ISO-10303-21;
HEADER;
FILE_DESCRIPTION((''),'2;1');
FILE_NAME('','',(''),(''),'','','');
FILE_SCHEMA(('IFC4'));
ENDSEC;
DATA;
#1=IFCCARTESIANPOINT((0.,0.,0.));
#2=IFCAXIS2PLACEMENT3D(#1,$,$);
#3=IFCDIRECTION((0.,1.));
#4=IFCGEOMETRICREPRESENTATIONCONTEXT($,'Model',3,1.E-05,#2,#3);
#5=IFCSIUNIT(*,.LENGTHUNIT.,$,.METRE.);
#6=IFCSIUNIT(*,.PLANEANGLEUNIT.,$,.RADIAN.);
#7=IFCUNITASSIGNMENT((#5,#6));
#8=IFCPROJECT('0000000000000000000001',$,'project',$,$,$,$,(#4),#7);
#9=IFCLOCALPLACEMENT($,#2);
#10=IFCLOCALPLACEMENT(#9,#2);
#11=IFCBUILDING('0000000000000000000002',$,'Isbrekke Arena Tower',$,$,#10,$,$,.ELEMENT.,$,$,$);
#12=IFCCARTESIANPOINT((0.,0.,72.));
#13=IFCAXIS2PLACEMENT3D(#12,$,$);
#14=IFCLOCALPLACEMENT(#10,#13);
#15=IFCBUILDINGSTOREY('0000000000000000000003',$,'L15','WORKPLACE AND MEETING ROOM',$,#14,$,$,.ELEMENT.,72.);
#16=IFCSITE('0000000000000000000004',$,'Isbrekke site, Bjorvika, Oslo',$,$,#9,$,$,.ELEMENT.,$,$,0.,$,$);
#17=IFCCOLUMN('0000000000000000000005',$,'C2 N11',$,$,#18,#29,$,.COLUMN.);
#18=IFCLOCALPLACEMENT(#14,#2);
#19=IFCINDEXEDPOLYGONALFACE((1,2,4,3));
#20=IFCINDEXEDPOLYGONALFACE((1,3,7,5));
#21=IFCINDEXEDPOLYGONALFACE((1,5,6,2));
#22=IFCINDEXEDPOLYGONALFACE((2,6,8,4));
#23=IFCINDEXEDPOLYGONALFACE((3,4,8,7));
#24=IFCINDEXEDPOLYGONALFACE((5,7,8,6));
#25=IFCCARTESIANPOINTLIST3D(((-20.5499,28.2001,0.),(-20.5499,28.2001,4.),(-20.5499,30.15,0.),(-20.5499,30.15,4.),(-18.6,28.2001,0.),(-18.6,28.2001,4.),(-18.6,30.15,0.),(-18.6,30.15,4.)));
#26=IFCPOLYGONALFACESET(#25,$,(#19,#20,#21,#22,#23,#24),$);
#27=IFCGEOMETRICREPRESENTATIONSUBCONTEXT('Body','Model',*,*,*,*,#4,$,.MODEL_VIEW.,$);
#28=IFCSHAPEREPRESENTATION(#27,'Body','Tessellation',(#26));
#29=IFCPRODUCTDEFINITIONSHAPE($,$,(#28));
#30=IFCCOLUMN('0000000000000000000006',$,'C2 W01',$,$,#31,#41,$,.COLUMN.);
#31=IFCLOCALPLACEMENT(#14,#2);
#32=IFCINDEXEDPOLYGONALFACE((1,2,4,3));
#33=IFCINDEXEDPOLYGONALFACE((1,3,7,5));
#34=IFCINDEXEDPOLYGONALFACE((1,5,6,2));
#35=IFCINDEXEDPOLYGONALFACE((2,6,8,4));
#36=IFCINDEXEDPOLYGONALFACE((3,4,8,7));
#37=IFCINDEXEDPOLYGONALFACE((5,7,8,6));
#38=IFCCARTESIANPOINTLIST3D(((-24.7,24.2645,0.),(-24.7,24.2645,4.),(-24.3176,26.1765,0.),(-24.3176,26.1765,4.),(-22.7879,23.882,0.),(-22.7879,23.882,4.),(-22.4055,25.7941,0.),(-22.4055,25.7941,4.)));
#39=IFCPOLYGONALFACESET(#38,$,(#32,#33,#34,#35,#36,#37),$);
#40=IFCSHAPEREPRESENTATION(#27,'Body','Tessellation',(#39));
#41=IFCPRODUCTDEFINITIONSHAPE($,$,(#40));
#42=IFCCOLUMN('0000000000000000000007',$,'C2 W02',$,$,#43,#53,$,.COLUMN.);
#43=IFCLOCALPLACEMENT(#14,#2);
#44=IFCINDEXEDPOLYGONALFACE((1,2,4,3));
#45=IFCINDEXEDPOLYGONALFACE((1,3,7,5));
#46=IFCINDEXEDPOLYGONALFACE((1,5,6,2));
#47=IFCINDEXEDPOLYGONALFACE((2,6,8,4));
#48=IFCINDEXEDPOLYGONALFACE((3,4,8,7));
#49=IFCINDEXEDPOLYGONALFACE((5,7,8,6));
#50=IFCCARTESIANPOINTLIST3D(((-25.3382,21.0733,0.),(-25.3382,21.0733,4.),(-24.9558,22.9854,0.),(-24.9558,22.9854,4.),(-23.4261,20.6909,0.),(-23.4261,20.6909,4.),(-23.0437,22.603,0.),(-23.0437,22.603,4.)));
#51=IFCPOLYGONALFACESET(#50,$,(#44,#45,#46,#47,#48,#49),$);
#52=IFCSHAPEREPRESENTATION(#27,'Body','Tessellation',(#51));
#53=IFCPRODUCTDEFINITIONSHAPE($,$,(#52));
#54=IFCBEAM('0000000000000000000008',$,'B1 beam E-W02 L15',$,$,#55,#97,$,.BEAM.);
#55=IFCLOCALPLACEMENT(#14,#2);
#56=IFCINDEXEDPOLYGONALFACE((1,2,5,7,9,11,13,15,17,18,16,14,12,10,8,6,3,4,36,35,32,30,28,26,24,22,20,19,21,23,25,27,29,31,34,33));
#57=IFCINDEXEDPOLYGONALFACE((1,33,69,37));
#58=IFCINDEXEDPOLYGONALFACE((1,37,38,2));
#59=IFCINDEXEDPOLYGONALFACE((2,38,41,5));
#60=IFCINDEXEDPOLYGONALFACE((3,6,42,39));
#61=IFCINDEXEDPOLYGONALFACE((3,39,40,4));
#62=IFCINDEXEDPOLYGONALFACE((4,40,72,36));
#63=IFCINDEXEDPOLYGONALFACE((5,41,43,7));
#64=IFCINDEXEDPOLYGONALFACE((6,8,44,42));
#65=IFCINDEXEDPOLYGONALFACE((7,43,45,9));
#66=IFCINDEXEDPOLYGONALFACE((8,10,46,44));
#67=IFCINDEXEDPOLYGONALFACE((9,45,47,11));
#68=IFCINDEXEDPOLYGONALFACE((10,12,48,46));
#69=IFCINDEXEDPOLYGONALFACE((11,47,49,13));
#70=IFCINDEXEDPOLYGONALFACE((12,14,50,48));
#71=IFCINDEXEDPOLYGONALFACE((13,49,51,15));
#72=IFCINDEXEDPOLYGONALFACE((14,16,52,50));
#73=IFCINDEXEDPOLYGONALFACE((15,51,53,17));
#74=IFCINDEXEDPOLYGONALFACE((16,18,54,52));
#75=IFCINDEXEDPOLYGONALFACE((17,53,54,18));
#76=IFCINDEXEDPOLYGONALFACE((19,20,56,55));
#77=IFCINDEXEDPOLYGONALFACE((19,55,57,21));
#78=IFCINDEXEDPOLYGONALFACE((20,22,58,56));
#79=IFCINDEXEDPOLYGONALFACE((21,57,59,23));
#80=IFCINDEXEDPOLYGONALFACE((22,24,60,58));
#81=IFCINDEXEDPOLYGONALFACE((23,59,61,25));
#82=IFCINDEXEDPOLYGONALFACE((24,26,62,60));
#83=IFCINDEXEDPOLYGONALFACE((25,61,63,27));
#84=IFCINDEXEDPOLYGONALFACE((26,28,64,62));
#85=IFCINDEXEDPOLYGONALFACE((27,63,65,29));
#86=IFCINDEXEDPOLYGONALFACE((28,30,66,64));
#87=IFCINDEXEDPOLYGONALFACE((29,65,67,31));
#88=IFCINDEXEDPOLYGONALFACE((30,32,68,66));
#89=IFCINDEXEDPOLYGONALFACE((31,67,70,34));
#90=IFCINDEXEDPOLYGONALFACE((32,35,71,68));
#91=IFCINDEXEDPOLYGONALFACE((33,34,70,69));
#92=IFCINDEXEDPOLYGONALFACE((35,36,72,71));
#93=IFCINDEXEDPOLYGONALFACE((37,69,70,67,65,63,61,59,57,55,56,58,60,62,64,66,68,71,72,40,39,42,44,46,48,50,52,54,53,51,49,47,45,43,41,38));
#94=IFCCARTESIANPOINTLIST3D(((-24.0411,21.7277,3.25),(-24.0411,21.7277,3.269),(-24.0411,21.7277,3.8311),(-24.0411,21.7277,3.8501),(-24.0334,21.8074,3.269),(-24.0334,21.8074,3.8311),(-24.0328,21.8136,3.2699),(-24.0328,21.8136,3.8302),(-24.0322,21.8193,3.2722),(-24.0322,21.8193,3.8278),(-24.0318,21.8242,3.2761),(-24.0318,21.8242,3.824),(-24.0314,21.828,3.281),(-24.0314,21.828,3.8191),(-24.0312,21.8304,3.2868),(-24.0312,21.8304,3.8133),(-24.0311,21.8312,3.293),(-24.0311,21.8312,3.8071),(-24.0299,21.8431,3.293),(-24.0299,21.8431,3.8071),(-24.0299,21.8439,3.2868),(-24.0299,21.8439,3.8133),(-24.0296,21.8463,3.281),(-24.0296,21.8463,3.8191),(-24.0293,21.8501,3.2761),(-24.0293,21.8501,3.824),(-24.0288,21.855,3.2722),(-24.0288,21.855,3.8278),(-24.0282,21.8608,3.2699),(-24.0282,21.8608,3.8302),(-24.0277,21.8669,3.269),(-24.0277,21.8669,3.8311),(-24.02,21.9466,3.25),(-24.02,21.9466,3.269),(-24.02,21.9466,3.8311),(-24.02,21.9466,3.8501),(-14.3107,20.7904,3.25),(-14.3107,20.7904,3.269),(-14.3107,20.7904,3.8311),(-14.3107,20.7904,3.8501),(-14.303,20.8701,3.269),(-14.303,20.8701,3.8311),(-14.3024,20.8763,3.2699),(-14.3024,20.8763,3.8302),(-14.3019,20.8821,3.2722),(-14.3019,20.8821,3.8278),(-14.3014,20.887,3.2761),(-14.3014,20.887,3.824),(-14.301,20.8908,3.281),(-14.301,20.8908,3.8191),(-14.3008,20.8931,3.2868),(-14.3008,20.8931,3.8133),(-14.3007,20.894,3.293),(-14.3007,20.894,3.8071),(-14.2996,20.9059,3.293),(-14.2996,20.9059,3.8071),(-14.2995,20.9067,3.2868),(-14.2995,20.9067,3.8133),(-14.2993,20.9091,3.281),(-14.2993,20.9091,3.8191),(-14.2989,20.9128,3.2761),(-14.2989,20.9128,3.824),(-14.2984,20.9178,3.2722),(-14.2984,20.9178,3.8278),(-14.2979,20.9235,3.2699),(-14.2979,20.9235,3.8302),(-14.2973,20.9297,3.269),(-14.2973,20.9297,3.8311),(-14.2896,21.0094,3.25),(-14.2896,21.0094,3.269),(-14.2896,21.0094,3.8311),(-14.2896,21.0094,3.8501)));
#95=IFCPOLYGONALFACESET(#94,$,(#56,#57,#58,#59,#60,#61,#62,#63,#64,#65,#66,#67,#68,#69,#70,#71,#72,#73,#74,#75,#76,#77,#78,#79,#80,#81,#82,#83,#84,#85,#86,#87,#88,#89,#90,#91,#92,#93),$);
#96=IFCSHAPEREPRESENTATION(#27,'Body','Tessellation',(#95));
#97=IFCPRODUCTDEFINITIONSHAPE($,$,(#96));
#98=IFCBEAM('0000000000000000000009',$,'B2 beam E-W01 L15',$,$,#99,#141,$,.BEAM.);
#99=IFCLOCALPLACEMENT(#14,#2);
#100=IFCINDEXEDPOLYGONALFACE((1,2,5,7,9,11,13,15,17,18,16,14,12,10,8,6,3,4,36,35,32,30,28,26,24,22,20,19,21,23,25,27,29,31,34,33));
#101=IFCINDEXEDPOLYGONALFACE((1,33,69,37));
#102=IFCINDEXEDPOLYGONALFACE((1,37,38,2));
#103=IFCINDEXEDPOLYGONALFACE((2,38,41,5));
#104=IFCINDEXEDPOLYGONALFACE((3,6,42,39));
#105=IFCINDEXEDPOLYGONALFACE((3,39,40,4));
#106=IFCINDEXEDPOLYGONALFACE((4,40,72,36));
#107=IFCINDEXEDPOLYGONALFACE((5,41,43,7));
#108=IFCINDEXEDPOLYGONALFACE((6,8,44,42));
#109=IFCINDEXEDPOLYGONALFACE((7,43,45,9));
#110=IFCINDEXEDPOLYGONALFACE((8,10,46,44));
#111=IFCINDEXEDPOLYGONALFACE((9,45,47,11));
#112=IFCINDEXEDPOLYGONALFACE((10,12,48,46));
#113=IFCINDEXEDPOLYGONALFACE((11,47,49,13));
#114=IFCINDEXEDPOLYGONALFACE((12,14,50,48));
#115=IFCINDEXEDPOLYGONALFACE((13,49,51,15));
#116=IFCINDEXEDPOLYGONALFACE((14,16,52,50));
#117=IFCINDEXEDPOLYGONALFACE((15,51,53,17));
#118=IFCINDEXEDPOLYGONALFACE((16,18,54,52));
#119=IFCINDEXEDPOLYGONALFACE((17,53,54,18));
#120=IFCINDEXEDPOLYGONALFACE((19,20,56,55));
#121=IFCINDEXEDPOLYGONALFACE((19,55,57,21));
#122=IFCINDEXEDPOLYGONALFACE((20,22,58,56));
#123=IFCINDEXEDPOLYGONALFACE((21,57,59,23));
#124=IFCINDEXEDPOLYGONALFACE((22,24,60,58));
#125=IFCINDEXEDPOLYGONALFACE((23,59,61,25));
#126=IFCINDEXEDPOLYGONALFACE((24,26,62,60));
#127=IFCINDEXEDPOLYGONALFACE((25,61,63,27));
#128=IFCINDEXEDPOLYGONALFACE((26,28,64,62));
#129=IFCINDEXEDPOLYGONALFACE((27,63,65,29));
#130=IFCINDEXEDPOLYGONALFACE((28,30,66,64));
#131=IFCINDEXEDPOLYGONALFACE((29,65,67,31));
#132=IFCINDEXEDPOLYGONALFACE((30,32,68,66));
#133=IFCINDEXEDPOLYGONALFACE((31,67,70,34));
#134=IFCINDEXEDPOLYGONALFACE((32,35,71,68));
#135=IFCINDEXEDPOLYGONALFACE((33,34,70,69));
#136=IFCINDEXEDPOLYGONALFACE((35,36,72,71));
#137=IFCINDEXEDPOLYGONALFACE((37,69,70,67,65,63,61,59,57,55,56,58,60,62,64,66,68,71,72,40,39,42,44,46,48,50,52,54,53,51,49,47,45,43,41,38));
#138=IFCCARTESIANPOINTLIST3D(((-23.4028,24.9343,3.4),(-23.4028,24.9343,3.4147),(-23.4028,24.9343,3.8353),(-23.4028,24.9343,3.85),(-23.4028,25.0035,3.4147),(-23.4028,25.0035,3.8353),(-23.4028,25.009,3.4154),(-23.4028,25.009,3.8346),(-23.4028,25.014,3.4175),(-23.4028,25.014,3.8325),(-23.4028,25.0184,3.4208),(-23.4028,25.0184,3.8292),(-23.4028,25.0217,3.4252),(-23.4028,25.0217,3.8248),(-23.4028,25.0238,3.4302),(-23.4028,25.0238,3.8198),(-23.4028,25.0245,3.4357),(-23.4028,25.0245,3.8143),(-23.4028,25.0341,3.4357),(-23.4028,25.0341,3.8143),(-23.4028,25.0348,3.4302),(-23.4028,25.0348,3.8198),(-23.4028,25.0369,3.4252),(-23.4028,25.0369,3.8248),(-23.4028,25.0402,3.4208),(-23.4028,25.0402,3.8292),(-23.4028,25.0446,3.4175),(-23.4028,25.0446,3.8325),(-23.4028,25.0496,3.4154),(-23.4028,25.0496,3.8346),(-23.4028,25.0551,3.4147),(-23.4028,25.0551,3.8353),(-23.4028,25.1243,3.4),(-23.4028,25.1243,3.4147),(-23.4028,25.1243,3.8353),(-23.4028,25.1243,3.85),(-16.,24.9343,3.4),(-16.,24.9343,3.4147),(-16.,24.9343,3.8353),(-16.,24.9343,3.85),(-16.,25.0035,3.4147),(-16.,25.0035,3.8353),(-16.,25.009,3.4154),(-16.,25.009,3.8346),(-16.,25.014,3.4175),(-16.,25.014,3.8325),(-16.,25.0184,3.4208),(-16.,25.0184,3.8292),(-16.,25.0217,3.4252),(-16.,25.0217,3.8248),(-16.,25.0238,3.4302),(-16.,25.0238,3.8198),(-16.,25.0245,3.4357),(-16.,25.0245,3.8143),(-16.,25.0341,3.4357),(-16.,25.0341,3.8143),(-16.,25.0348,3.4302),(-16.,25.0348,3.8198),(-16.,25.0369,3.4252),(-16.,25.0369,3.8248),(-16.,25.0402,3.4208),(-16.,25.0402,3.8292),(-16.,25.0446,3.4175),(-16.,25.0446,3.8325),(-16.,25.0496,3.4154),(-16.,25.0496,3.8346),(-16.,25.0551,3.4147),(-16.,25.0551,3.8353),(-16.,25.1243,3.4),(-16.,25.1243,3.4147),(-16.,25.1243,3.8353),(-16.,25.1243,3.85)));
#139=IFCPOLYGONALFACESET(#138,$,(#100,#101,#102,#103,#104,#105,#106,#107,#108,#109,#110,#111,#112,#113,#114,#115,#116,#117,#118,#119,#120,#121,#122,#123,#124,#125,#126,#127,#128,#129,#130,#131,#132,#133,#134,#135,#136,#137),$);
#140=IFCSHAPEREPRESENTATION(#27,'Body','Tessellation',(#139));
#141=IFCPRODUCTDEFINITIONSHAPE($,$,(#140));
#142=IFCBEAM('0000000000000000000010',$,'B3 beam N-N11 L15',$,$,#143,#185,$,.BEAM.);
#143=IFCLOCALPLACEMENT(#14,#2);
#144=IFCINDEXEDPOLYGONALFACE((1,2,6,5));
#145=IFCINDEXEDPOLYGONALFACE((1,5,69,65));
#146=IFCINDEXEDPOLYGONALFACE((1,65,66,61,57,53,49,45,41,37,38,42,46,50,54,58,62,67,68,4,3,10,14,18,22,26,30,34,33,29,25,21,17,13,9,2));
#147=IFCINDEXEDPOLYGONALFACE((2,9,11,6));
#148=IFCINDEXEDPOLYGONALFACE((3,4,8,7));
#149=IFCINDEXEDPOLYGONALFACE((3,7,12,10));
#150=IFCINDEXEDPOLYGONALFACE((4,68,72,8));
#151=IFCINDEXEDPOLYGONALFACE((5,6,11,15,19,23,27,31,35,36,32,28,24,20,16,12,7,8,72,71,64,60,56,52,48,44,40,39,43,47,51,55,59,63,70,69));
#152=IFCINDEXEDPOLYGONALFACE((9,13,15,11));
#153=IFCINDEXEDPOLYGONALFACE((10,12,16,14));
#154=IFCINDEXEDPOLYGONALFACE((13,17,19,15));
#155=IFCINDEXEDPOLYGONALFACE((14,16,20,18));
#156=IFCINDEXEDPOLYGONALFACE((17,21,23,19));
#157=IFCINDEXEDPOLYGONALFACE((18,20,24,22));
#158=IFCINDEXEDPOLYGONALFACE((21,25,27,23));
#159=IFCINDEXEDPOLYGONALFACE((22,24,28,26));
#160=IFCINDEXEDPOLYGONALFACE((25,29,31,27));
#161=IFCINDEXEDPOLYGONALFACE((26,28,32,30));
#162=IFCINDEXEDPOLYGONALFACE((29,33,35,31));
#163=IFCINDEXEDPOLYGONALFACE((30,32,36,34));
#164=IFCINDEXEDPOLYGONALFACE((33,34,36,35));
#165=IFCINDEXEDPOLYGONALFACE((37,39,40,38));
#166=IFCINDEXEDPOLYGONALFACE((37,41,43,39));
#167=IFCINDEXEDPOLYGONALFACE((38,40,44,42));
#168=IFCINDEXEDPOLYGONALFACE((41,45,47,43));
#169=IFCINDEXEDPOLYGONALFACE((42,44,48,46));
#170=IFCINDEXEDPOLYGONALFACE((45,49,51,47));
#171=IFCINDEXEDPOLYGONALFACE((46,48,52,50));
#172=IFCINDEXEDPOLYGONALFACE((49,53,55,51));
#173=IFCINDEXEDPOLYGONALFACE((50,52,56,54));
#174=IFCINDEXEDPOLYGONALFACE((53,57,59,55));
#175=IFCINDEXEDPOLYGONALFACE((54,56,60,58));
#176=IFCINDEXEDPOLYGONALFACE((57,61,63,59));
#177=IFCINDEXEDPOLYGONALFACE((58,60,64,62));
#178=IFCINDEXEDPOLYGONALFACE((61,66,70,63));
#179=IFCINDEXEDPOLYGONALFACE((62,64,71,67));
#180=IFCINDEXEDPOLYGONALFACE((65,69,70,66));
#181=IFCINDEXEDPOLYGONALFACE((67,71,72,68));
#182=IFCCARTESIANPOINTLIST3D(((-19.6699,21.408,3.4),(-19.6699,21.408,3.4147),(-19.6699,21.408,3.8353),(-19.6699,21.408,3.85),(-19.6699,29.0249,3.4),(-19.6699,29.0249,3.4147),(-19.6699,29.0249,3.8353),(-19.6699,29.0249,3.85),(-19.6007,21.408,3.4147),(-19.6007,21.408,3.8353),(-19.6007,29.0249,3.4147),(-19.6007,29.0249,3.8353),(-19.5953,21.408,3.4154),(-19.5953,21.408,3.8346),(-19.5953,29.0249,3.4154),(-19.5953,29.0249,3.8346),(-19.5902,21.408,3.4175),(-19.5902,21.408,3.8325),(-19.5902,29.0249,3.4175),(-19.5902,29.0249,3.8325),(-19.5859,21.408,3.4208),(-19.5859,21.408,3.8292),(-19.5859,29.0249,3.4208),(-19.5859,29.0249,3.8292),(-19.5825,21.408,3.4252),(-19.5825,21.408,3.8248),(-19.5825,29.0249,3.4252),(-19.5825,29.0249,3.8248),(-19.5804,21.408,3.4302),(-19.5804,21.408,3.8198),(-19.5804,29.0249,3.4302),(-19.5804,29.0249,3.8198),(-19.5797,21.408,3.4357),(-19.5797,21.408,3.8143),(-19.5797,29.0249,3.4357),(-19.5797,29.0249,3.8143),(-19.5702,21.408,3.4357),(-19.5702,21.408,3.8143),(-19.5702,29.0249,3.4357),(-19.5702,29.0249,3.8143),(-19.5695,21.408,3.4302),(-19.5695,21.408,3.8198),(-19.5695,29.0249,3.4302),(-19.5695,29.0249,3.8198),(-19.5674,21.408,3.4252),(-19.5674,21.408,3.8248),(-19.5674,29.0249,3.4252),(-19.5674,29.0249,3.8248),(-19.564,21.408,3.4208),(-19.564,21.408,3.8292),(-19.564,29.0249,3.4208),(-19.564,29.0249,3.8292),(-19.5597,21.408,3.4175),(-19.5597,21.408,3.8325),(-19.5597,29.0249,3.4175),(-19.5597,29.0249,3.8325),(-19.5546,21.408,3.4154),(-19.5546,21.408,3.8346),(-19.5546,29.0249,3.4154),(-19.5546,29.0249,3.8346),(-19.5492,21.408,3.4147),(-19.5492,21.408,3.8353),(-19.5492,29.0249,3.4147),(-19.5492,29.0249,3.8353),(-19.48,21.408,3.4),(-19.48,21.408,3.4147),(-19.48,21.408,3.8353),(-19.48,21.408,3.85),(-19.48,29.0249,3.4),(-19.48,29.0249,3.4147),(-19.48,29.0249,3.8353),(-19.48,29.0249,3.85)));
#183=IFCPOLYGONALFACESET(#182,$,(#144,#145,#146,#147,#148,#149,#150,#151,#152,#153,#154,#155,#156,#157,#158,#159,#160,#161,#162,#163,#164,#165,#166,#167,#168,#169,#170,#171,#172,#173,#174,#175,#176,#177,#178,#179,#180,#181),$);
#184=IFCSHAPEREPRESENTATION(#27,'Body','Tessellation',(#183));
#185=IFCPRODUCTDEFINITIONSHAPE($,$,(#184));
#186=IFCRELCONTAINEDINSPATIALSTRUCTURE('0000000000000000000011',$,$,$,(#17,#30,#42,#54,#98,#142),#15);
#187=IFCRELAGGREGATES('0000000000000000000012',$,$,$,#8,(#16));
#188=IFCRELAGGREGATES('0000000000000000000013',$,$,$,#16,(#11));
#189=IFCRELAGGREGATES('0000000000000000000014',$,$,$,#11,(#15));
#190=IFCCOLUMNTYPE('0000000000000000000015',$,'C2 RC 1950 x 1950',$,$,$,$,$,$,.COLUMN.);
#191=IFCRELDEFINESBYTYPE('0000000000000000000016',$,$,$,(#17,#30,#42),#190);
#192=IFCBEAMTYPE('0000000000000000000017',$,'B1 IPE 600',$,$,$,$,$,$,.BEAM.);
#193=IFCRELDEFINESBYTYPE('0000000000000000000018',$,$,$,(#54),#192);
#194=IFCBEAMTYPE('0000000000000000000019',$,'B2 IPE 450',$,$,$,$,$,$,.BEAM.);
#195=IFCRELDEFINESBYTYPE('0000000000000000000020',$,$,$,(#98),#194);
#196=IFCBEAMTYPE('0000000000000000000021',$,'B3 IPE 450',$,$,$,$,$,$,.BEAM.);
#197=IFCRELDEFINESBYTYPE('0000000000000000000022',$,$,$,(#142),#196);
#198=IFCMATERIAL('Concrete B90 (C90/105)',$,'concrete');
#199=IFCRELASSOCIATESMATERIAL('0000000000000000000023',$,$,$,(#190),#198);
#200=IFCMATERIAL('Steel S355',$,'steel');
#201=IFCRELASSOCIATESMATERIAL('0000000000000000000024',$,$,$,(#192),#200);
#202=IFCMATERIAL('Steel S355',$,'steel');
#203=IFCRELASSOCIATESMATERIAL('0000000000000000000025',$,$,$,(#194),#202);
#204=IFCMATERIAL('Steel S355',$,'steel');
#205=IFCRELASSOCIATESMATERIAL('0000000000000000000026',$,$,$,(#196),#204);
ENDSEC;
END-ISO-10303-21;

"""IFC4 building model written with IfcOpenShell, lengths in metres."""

from ifc_helpers import new_model, si_unit, direction, frame, origin, origin_2d, place, context, subcontext, project, spatial, rectangle, i_section, extrude, material, material_profile, profile_set, type_object, element, save


model = new_model("IFC4")

# Units and contexts
model_context = context("Model", 3, precision=1e-05, world=origin(), true_north=direction((0.0, 1.0)))
body_context = subcontext(model_context, "Body", "Model", "MODEL_VIEW")
ifc_project = project(units=[si_unit("LENGTHUNIT", "METRE"), si_unit("PLANEANGLEUNIT", "RADIAN")], contexts=[model_context])

# Site, building, storey
site_placement = place(None, origin())
site = spatial("IfcSite", under=ifc_project, at=site_placement, Name="Isbrekke site, Bjorvika, Oslo", CompositionType="ELEMENT", RefElevation=0.0)
building_placement = place(site_placement, origin())
building = spatial("IfcBuilding", under=site, at=building_placement, Name="Isbrekke Arena Tower", CompositionType="ELEMENT")
storey_placement = place(building_placement, frame((0.0, 0.0, 72.0)))
storey = spatial("IfcBuildingStorey", under=building, at=storey_placement, Name="L15", Description="WORKPLACE AND MEETING ROOM", CompositionType="ELEMENT", Elevation=72.0)

# Columns
ifc_material_1 = material(Name="Concrete B90 (C90/105)", Category="concrete")
ifc_material_profile_1 = material_profile(ifc_material_1, rectangle(XDim=1.95, YDim=1.95, at=origin_2d()), Name="RC 1950x1950")
ifc_profile_set_1 = profile_set([ifc_material_profile_1], Name="Concrete B90 (C90/105)")
column_type = type_object("IfcColumnType", Name="C2 RC 1950 x 1950", PredefinedType="COLUMN", material=ifc_profile_set_1)
for number, where, z_axis, x_axis, name in (
    (1, (-19.575, 29.175, 0.0), (0.0, 0.0, 1.0), (-1.0, 0.0, 0.0), "C2 N11"),
    (2, (-23.5527, 25.0293, 0.0), (0.0, 0.0, 1.0), (-0.196116, -0.980581, 0.0), "C2 W01"),
    (3, (-24.1909, 21.8381, 0.0), (0.0, 0.0, 1.0), (-0.196116, -0.980581, 0.0), "C2 W02"),
):
    element("IfcColumn", number, at=place(storey_placement, frame(where, z_axis=z_axis, x_axis=x_axis)), inside=storey, type_object=column_type, Name=name, PredefinedType="COLUMN", context=body_context, shape_type="SweptSolid", body=[
        extrude(rectangle(XDim=1.95, YDim=1.95, at=origin_2d()), origin(), (0.0, 0.0, 1.0), 4.0),
    ])

# Beams
ifc_material_2 = material(Name="Steel S355", Category="steel")
ifc_material_profile_2 = material_profile(ifc_material_2, i_section(OverallWidth=0.22, OverallDepth=0.6001, WebThickness=0.012, FlangeThickness=0.019, FilletRadius=0.0239, at=origin_2d()), Name="IPE 600")
ifc_profile_set_2 = profile_set([ifc_material_profile_2], Name="Steel S355")
beam_type_1 = type_object("IfcBeamType", Name="B1 IPE 600", PredefinedType="BEAM", material=ifc_profile_set_2)
beam_1_placement = place(storey_placement, frame((-24.0305, 21.8372, 3.55), z_axis=(0.995393, -0.095878, 0.0), x_axis=(0.095878, 0.995393, 0.0)))
element("IfcBeam", 4, at=beam_1_placement, inside=storey, type_object=beam_type_1, Name="B1 beam E-W02 L15", PredefinedType="BEAM", context=body_context, shape_type="SweptSolid", body=[
    extrude(i_section(OverallWidth=0.22, OverallDepth=0.6001, WebThickness=0.012, FlangeThickness=0.019, FilletRadius=0.0239, at=origin_2d()), origin(), (0.0, 0.0, 1.0), 9.7754),
])
ifc_material_3 = material(Name="Steel S355", Category="steel")
ifc_material_profile_3 = material_profile(ifc_material_3, i_section(OverallWidth=0.1899, OverallDepth=0.45, WebThickness=0.0095, FlangeThickness=0.0146, FilletRadius=0.021, at=origin_2d()), Name="IPE 450")
ifc_profile_set_3 = profile_set([ifc_material_profile_3], Name="Steel S355")
beam_type_2 = type_object("IfcBeamType", Name="B2 IPE 450", PredefinedType="BEAM", material=ifc_profile_set_3)
beam_2_placement = place(storey_placement, frame((-23.4028, 25.0293, 3.625), z_axis=(1.0, 0.0, 0.0), x_axis=(0.0, 1.0, 0.0)))
element("IfcBeam", 5, at=beam_2_placement, inside=storey, type_object=beam_type_2, Name="B2 beam E-W01 L15", PredefinedType="BEAM", context=body_context, shape_type="SweptSolid", body=[
    extrude(i_section(OverallWidth=0.1899, OverallDepth=0.45, WebThickness=0.0095, FlangeThickness=0.0146, FilletRadius=0.021, at=origin_2d()), origin(), (0.0, 0.0, 1.0), 7.4028),
])
ifc_material_4 = material(Name="Steel S355", Category="steel")
ifc_material_profile_4 = material_profile(ifc_material_4, i_section(OverallWidth=0.1899, OverallDepth=0.45, WebThickness=0.0095, FlangeThickness=0.0146, FilletRadius=0.021, at=origin_2d()), Name="IPE 450")
ifc_profile_set_4 = profile_set([ifc_material_profile_4], Name="Steel S355")
beam_type_3 = type_object("IfcBeamType", Name="B3 IPE 450", PredefinedType="BEAM", material=ifc_profile_set_4)
beam_3_placement = place(storey_placement, frame((-19.575, 29.0249, 3.625), z_axis=(0.0, -1.0, 0.0), x_axis=(1.0, 0.0, 0.0)))
element("IfcBeam", 6, at=beam_3_placement, inside=storey, type_object=beam_type_3, Name="B3 beam N-N11 L15", PredefinedType="BEAM", context=body_context, shape_type="SweptSolid", body=[
    extrude(i_section(OverallWidth=0.1899, OverallDepth=0.45, WebThickness=0.0095, FlangeThickness=0.0146, FilletRadius=0.021, at=origin_2d()), origin(), (0.0, 0.0, 1.0), 7.6169),
])

save(model, "model.ifc")
